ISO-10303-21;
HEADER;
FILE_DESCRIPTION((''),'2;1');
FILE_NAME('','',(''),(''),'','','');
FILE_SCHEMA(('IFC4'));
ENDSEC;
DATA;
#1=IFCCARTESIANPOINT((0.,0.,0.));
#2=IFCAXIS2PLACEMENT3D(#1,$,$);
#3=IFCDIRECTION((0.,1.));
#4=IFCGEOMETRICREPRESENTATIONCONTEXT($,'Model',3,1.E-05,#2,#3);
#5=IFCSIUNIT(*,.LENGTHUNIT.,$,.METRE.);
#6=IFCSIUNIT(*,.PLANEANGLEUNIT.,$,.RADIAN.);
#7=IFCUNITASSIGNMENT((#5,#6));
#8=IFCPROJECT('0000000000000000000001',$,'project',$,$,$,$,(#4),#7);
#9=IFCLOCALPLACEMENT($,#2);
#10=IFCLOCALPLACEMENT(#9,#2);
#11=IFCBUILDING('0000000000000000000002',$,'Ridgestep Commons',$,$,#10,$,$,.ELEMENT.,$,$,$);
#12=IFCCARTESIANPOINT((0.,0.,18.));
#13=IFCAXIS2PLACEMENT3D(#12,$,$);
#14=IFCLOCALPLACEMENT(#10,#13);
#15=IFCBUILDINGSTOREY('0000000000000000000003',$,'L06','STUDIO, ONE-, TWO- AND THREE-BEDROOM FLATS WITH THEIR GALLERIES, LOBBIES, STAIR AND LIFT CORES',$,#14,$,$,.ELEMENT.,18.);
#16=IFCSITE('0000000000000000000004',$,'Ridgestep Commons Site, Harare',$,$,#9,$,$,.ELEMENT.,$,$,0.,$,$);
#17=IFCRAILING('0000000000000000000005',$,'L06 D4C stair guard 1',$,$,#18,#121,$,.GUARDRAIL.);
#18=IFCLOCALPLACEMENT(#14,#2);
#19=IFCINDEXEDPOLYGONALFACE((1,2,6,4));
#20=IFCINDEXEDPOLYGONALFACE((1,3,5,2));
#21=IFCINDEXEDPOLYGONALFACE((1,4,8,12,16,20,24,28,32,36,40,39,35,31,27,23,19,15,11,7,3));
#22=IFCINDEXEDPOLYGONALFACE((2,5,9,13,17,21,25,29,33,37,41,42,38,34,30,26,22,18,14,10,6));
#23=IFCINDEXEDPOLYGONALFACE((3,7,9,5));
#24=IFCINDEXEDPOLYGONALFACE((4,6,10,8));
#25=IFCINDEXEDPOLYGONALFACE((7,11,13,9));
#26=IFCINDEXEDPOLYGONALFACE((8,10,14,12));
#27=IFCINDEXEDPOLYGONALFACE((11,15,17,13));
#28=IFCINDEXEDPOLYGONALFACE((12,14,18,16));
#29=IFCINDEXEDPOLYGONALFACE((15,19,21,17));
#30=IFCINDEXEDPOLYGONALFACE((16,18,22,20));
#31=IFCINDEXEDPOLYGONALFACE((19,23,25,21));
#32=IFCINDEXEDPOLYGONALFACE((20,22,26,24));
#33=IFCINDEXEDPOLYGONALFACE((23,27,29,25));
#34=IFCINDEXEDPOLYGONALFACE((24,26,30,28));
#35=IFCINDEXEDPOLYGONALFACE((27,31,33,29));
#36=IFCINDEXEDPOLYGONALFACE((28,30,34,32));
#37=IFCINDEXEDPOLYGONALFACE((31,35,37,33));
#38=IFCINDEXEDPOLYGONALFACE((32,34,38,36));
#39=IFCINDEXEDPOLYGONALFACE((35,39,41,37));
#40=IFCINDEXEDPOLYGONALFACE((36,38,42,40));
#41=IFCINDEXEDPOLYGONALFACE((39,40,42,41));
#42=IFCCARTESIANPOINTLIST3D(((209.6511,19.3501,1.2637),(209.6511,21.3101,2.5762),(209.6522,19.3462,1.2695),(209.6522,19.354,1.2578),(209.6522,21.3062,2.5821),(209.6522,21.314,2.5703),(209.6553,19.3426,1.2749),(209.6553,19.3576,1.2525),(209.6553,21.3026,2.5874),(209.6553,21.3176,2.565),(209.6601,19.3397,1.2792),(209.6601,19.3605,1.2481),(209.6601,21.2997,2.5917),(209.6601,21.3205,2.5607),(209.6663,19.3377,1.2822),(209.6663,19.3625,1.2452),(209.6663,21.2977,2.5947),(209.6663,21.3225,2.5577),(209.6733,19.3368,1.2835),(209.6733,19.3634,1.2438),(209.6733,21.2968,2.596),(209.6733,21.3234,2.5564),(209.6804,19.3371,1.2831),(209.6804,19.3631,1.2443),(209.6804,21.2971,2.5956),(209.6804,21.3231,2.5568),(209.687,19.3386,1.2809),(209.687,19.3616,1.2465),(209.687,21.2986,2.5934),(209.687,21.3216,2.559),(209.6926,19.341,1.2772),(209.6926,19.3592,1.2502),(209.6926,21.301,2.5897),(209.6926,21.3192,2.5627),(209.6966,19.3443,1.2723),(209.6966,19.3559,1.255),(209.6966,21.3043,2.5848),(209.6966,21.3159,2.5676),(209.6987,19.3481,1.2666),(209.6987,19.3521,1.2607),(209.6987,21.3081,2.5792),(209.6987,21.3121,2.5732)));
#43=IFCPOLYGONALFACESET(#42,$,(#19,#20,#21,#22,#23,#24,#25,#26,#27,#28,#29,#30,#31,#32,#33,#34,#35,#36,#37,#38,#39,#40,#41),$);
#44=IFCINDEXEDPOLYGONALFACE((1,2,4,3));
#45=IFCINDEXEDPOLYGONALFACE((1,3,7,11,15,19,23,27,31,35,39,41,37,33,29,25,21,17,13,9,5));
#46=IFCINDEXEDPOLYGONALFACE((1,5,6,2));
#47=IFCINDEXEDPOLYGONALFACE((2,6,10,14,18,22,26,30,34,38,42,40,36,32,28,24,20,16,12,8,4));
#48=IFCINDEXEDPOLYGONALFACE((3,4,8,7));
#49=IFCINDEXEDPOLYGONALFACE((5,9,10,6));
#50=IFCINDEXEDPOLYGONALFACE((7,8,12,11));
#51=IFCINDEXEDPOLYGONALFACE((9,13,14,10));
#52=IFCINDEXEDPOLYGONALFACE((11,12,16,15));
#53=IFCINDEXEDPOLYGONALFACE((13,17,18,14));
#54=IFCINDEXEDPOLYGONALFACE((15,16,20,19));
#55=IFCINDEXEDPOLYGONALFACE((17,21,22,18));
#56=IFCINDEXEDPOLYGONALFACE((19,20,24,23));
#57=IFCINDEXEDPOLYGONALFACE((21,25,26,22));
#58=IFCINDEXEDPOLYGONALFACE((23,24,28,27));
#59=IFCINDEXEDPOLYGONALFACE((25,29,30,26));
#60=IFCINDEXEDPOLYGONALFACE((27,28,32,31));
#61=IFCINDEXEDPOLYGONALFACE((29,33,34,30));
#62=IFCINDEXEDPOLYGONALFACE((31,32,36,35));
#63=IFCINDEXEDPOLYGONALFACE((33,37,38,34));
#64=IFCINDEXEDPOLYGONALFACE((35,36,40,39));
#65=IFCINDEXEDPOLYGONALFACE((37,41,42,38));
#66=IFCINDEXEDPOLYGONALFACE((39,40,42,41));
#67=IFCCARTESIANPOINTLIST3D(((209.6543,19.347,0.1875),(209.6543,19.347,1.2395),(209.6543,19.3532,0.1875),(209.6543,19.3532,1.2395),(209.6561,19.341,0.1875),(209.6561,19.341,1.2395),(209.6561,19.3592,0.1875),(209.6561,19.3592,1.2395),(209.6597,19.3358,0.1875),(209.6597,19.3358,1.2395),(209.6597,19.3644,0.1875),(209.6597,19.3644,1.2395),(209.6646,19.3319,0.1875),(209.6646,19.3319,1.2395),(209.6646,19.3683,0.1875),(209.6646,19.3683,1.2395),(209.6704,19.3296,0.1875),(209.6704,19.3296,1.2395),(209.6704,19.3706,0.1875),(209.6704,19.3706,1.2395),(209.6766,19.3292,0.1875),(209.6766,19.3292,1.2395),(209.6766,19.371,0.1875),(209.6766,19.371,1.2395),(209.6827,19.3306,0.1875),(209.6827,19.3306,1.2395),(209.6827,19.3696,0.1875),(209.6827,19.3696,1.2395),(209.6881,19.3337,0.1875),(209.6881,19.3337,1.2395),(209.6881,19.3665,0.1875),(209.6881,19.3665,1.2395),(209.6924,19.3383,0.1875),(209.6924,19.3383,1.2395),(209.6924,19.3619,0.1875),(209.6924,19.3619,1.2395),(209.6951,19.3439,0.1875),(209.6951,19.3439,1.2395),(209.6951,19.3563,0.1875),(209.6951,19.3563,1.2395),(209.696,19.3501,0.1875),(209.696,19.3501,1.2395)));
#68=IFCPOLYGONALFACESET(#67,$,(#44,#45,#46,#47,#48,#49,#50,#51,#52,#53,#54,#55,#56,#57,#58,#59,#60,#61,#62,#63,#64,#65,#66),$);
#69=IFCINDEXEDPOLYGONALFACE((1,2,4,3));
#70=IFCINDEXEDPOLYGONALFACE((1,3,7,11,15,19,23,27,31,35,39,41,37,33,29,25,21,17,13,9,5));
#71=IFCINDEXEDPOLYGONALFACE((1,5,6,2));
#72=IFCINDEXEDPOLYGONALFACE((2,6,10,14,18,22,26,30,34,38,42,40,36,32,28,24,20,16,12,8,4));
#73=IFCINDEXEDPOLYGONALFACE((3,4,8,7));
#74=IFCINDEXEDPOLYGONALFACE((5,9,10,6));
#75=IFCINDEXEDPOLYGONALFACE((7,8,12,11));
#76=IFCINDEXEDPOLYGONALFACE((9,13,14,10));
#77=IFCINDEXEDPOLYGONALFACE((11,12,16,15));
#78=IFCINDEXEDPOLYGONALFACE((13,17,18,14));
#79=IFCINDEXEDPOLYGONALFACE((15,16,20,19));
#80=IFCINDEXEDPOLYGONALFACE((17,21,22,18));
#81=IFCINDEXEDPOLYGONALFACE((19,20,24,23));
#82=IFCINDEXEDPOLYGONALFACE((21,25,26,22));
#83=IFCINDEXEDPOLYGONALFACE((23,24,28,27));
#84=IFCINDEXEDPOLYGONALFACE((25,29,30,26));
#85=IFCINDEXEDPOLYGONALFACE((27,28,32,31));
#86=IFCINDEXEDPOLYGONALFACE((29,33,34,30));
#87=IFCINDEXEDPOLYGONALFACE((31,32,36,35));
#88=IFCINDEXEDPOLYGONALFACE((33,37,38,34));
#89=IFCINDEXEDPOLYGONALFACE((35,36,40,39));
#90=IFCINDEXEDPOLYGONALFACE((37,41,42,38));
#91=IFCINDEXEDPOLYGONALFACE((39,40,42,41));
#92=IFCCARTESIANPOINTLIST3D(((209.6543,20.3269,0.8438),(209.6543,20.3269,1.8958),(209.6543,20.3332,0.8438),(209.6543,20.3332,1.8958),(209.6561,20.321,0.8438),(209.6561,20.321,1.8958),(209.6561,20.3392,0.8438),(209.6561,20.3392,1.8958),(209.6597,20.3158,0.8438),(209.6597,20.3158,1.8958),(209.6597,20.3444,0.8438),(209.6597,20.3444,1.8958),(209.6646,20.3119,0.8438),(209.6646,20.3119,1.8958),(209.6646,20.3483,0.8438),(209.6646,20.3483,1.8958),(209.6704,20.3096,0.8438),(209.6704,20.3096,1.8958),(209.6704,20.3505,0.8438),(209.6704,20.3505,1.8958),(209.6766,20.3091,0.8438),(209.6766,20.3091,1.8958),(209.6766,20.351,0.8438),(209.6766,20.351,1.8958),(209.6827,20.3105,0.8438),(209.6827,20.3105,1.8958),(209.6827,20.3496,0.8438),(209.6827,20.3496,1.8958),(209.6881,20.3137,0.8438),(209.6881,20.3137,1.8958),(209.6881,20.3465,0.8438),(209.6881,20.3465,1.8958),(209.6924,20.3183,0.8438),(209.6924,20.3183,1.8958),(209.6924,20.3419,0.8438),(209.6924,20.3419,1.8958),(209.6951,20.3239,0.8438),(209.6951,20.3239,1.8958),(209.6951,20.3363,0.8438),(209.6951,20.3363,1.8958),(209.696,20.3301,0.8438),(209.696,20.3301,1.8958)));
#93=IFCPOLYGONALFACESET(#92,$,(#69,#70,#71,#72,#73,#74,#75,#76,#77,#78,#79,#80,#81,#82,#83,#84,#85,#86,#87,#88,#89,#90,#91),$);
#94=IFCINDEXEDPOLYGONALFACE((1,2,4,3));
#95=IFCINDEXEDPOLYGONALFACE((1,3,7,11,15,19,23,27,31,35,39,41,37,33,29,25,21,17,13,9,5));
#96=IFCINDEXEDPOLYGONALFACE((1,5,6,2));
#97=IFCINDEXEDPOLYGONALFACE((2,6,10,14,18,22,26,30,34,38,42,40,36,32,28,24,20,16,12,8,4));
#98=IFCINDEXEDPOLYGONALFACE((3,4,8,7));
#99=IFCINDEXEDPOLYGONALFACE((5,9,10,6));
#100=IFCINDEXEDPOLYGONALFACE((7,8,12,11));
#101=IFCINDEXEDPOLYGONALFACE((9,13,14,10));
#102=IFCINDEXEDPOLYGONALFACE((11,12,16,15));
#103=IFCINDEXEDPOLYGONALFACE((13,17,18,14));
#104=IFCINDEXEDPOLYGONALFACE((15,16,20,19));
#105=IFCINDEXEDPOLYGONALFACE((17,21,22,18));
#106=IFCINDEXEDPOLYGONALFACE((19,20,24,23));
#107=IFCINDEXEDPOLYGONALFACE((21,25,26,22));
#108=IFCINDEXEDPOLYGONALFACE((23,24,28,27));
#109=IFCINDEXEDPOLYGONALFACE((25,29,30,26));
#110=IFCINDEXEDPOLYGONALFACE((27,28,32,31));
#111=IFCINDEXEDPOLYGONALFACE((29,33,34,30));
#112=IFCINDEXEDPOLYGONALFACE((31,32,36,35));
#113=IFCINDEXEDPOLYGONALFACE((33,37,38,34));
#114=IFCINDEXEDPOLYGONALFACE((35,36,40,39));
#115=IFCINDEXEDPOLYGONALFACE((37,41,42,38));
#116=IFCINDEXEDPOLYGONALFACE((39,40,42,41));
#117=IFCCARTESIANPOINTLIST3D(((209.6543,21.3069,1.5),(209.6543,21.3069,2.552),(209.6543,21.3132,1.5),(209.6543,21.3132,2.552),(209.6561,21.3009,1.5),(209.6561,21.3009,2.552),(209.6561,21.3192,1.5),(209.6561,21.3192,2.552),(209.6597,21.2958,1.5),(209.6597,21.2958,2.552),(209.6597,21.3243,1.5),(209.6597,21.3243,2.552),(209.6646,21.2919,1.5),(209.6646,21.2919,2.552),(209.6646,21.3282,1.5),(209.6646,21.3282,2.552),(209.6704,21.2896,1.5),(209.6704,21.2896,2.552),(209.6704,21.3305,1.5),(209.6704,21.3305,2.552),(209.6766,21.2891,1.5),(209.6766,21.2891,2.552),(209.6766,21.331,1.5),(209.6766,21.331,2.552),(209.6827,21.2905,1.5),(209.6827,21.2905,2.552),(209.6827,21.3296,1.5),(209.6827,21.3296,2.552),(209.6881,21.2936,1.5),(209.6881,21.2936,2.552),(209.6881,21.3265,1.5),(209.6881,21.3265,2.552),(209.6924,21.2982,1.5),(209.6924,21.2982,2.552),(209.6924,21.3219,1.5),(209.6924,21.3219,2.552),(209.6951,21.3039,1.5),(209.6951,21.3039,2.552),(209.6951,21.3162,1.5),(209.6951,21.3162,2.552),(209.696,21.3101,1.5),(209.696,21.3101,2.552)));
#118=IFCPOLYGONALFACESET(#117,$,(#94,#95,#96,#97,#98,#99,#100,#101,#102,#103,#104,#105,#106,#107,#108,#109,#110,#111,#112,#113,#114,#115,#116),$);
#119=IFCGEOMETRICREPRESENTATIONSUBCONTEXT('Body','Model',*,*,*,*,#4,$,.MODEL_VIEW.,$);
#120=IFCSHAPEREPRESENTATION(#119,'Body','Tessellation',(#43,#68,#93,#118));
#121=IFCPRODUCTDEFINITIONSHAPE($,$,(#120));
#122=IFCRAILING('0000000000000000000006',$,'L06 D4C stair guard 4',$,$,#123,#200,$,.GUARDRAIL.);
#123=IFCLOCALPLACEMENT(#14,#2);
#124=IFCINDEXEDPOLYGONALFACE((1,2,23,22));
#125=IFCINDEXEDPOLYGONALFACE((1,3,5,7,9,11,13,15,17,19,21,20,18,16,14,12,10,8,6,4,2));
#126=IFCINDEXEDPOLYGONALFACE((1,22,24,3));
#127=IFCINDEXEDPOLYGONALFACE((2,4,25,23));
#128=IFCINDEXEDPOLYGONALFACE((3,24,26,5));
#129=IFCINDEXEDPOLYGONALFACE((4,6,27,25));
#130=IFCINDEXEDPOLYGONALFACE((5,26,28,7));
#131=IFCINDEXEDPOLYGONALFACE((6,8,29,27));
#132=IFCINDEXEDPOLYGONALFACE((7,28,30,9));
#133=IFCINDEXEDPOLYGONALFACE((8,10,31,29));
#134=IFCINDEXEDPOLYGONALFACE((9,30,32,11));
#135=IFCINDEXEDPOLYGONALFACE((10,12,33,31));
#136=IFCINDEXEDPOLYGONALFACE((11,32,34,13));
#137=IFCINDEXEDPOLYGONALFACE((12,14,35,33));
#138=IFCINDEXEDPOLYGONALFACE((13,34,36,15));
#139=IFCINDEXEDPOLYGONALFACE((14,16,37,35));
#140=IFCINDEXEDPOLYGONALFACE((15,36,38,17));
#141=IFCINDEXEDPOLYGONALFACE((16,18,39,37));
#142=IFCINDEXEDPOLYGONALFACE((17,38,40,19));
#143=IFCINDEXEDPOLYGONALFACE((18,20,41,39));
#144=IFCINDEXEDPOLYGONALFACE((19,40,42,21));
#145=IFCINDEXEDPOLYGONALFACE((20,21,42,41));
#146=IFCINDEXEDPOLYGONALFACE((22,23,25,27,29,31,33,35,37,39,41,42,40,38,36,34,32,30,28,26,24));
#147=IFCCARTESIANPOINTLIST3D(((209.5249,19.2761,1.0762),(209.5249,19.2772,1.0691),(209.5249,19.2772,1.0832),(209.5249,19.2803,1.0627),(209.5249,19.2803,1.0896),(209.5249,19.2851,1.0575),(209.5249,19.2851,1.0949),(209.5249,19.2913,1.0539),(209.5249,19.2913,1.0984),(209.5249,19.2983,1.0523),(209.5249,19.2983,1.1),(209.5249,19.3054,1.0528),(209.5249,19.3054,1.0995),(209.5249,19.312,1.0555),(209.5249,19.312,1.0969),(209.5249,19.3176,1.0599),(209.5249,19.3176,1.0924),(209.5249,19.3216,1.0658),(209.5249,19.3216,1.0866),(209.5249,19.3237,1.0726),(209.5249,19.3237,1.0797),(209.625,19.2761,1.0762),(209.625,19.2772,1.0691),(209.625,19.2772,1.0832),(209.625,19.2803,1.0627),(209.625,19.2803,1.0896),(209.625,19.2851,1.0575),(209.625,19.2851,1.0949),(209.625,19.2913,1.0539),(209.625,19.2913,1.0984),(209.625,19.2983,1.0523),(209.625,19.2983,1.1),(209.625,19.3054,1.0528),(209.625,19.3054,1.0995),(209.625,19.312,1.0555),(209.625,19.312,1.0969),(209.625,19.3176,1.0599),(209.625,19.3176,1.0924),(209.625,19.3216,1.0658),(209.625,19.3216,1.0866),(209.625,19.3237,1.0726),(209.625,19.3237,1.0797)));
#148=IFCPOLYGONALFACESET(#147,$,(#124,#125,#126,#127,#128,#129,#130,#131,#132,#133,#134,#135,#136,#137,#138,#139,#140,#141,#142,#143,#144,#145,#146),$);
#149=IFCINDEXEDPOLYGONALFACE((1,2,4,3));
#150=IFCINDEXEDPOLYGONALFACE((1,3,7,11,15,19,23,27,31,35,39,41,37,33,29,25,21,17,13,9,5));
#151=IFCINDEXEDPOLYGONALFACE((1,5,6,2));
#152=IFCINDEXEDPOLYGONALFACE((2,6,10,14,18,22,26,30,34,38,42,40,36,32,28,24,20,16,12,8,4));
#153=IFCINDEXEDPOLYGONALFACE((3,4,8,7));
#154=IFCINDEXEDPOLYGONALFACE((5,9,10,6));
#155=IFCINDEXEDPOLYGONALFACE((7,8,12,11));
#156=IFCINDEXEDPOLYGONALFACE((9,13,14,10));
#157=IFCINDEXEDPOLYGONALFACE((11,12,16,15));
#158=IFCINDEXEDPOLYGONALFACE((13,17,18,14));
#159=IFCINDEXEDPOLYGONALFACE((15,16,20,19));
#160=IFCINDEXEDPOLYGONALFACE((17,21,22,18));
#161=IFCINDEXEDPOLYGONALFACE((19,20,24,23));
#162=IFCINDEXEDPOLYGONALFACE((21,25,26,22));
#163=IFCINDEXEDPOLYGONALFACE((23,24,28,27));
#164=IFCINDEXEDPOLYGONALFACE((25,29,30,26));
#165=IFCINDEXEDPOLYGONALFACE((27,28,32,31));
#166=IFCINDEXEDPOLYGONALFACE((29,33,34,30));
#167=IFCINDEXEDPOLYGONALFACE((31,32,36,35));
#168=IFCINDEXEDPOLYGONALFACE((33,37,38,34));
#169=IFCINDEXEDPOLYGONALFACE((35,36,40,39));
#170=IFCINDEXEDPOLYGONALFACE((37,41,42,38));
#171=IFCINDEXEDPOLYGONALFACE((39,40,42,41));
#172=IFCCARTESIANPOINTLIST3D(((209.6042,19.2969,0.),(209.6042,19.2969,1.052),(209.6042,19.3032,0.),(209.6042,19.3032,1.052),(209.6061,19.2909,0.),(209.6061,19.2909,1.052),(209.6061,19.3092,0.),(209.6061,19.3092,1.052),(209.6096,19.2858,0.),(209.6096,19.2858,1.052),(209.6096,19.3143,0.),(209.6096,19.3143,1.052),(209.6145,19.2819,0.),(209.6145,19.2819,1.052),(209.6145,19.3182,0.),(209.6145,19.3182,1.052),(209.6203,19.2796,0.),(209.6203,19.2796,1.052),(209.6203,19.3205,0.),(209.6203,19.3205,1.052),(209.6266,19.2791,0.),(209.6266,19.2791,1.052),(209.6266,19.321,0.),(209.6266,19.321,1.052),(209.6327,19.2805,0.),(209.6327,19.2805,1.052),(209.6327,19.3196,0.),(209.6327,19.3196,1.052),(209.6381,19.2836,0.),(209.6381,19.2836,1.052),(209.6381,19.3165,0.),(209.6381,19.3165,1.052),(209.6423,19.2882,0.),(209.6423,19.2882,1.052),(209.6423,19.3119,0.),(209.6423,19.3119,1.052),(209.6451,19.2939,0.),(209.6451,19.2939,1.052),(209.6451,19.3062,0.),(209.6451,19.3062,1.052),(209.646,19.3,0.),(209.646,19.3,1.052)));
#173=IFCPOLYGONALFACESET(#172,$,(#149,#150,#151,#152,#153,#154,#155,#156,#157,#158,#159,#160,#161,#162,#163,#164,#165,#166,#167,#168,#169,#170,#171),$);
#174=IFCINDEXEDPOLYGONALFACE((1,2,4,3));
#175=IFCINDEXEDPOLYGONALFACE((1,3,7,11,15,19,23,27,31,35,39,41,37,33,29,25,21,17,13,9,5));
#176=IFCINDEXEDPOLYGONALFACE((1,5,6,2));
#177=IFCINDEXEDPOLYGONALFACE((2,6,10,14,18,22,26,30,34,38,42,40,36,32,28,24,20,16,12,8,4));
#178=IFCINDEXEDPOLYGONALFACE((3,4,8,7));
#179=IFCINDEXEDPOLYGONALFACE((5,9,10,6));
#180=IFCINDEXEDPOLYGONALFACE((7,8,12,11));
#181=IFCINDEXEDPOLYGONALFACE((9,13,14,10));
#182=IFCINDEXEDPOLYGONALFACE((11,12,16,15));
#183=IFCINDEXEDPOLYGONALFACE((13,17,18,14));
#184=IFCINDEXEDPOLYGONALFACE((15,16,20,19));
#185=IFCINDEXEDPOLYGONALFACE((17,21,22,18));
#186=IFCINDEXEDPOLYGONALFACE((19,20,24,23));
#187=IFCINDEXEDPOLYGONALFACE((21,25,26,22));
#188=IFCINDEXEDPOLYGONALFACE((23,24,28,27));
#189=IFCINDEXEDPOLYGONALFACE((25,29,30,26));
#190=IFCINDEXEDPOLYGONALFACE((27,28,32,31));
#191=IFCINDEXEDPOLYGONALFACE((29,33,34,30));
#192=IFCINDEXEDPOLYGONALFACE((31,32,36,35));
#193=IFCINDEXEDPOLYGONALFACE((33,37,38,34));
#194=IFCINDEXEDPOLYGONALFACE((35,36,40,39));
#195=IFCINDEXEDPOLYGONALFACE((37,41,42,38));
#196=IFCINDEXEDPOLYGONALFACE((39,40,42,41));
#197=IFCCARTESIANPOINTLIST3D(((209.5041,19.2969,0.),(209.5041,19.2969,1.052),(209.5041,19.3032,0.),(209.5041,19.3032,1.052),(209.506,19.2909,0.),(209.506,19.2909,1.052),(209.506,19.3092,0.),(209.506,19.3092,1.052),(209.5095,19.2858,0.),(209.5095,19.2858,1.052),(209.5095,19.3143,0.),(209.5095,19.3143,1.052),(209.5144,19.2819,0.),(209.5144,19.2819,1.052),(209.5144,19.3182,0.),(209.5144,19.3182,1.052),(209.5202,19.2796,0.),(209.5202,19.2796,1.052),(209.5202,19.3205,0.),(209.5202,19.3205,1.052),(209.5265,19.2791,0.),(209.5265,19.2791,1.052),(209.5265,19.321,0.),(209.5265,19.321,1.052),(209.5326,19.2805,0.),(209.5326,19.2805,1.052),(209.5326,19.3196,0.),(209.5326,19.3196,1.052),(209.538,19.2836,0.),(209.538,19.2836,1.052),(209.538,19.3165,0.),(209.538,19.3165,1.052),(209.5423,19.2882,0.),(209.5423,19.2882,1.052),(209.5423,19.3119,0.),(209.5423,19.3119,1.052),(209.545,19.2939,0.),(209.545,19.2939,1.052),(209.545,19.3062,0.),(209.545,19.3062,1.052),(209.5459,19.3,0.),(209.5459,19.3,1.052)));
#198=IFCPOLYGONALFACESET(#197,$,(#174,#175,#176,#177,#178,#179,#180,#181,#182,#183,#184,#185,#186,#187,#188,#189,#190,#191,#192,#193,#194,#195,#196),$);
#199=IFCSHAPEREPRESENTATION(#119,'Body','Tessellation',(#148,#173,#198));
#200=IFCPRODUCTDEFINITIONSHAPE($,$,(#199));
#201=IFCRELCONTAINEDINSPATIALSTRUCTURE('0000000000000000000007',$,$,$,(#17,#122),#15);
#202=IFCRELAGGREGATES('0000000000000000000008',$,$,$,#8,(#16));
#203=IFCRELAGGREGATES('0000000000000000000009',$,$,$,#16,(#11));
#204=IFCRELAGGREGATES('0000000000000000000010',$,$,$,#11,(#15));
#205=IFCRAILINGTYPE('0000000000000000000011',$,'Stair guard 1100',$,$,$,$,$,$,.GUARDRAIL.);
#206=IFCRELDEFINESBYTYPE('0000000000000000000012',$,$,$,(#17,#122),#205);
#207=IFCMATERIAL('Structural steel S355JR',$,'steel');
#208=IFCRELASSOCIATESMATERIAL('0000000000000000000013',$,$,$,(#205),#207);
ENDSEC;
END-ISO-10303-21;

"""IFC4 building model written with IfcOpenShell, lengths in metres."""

from ifc_helpers import new_model, si_unit, direction, frame, origin, origin_2d, place, context, subcontext, project, spatial, circle, extrude, material, type_object, element, save


model = new_model("IFC4")

# Units and contexts
model_context = context("Model", 3, precision=1e-05, world=origin(), true_north=direction((0.0, 1.0)))
body_context = subcontext(model_context, "Body", "Model", "MODEL_VIEW")
ifc_project = project(units=[si_unit("LENGTHUNIT", "METRE"), si_unit("PLANEANGLEUNIT", "RADIAN")], contexts=[model_context])

# Site, building, storey
site_placement = place(None, origin())
site = spatial("IfcSite", under=ifc_project, at=site_placement, Name="Ridgestep Commons Site, Harare", CompositionType="ELEMENT", RefElevation=0.0)
building_placement = place(site_placement, origin())
building = spatial("IfcBuilding", under=site, at=building_placement, Name="Ridgestep Commons", CompositionType="ELEMENT")
storey_placement = place(building_placement, frame((0.0, 0.0, 18.0)))
storey = spatial("IfcBuildingStorey", under=building, at=storey_placement, Name="L06", Description="STUDIO, ONE-, TWO- AND THREE-BEDROOM FLATS WITH THEIR GALLERIES, LOBBIES, STAIR AND LIFT CORES", CompositionType="ELEMENT", Elevation=18.0)

# Railings
ifc_material_1 = material(Name="Structural steel S355JR", Category="steel")
railing_type_1 = type_object("IfcRailingType", Name="Stair guard 1100", PredefinedType="GUARDRAIL", material=ifc_material_1)
railing_1_placement = place(storey_placement, frame((209.675, 19.3501, 0.1875)))
element("IfcRailing", 1, at=railing_1_placement, inside=storey, type_object=railing_type_1, Name="L06 D4C stair guard 1", PredefinedType="GUARDRAIL", context=body_context, shape_type="SweptSolid", body=[
    extrude(circle(Radius=0.0239, at=origin_2d()), frame((0.0, 0.0, 1.0762), z_axis=(0.0, 0.830902, 0.556419), x_axis=(-1.0, 0.0, 0.0)), (0.0, 0.0, 1.0), 2.3589),
    extrude(circle(Radius=0.021, at=origin_2d()), origin(), (0.0, 0.0, 1.0), 1.052),
    extrude(circle(Radius=0.021, at=origin_2d()), frame((0.0, 0.98, 0.6562)), (0.0, 0.0, 1.0), 1.052),
    extrude(circle(Radius=0.021, at=origin_2d()), frame((0.0, 1.96, 1.3125)), (0.0, 0.0, 1.0), 1.052),
])
railing_2_placement = place(storey_placement, frame((209.625, 19.3, 0.0)))
element("IfcRailing", 2, at=railing_2_placement, inside=storey, type_object=railing_type_1, Name="L06 D4C stair guard 4", PredefinedType="GUARDRAIL", context=body_context, shape_type="SweptSolid", body=[
    extrude(circle(Radius=0.0239, at=origin_2d()), frame((0.0, 0.0, 1.0762), z_axis=(-1.0, 0.0, 0.0), x_axis=(0.0, -1.0, 0.0)), (0.0, 0.0, 1.0), 0.1001),
    extrude(circle(Radius=0.021, at=origin_2d()), origin(), (0.0, 0.0, 1.0), 1.052),
    extrude(circle(Radius=0.021, at=origin_2d()), frame((-0.1001, 0.0, 0.0)), (0.0, 0.0, 1.0), 1.052),
])

save(model, "model.ifc")
